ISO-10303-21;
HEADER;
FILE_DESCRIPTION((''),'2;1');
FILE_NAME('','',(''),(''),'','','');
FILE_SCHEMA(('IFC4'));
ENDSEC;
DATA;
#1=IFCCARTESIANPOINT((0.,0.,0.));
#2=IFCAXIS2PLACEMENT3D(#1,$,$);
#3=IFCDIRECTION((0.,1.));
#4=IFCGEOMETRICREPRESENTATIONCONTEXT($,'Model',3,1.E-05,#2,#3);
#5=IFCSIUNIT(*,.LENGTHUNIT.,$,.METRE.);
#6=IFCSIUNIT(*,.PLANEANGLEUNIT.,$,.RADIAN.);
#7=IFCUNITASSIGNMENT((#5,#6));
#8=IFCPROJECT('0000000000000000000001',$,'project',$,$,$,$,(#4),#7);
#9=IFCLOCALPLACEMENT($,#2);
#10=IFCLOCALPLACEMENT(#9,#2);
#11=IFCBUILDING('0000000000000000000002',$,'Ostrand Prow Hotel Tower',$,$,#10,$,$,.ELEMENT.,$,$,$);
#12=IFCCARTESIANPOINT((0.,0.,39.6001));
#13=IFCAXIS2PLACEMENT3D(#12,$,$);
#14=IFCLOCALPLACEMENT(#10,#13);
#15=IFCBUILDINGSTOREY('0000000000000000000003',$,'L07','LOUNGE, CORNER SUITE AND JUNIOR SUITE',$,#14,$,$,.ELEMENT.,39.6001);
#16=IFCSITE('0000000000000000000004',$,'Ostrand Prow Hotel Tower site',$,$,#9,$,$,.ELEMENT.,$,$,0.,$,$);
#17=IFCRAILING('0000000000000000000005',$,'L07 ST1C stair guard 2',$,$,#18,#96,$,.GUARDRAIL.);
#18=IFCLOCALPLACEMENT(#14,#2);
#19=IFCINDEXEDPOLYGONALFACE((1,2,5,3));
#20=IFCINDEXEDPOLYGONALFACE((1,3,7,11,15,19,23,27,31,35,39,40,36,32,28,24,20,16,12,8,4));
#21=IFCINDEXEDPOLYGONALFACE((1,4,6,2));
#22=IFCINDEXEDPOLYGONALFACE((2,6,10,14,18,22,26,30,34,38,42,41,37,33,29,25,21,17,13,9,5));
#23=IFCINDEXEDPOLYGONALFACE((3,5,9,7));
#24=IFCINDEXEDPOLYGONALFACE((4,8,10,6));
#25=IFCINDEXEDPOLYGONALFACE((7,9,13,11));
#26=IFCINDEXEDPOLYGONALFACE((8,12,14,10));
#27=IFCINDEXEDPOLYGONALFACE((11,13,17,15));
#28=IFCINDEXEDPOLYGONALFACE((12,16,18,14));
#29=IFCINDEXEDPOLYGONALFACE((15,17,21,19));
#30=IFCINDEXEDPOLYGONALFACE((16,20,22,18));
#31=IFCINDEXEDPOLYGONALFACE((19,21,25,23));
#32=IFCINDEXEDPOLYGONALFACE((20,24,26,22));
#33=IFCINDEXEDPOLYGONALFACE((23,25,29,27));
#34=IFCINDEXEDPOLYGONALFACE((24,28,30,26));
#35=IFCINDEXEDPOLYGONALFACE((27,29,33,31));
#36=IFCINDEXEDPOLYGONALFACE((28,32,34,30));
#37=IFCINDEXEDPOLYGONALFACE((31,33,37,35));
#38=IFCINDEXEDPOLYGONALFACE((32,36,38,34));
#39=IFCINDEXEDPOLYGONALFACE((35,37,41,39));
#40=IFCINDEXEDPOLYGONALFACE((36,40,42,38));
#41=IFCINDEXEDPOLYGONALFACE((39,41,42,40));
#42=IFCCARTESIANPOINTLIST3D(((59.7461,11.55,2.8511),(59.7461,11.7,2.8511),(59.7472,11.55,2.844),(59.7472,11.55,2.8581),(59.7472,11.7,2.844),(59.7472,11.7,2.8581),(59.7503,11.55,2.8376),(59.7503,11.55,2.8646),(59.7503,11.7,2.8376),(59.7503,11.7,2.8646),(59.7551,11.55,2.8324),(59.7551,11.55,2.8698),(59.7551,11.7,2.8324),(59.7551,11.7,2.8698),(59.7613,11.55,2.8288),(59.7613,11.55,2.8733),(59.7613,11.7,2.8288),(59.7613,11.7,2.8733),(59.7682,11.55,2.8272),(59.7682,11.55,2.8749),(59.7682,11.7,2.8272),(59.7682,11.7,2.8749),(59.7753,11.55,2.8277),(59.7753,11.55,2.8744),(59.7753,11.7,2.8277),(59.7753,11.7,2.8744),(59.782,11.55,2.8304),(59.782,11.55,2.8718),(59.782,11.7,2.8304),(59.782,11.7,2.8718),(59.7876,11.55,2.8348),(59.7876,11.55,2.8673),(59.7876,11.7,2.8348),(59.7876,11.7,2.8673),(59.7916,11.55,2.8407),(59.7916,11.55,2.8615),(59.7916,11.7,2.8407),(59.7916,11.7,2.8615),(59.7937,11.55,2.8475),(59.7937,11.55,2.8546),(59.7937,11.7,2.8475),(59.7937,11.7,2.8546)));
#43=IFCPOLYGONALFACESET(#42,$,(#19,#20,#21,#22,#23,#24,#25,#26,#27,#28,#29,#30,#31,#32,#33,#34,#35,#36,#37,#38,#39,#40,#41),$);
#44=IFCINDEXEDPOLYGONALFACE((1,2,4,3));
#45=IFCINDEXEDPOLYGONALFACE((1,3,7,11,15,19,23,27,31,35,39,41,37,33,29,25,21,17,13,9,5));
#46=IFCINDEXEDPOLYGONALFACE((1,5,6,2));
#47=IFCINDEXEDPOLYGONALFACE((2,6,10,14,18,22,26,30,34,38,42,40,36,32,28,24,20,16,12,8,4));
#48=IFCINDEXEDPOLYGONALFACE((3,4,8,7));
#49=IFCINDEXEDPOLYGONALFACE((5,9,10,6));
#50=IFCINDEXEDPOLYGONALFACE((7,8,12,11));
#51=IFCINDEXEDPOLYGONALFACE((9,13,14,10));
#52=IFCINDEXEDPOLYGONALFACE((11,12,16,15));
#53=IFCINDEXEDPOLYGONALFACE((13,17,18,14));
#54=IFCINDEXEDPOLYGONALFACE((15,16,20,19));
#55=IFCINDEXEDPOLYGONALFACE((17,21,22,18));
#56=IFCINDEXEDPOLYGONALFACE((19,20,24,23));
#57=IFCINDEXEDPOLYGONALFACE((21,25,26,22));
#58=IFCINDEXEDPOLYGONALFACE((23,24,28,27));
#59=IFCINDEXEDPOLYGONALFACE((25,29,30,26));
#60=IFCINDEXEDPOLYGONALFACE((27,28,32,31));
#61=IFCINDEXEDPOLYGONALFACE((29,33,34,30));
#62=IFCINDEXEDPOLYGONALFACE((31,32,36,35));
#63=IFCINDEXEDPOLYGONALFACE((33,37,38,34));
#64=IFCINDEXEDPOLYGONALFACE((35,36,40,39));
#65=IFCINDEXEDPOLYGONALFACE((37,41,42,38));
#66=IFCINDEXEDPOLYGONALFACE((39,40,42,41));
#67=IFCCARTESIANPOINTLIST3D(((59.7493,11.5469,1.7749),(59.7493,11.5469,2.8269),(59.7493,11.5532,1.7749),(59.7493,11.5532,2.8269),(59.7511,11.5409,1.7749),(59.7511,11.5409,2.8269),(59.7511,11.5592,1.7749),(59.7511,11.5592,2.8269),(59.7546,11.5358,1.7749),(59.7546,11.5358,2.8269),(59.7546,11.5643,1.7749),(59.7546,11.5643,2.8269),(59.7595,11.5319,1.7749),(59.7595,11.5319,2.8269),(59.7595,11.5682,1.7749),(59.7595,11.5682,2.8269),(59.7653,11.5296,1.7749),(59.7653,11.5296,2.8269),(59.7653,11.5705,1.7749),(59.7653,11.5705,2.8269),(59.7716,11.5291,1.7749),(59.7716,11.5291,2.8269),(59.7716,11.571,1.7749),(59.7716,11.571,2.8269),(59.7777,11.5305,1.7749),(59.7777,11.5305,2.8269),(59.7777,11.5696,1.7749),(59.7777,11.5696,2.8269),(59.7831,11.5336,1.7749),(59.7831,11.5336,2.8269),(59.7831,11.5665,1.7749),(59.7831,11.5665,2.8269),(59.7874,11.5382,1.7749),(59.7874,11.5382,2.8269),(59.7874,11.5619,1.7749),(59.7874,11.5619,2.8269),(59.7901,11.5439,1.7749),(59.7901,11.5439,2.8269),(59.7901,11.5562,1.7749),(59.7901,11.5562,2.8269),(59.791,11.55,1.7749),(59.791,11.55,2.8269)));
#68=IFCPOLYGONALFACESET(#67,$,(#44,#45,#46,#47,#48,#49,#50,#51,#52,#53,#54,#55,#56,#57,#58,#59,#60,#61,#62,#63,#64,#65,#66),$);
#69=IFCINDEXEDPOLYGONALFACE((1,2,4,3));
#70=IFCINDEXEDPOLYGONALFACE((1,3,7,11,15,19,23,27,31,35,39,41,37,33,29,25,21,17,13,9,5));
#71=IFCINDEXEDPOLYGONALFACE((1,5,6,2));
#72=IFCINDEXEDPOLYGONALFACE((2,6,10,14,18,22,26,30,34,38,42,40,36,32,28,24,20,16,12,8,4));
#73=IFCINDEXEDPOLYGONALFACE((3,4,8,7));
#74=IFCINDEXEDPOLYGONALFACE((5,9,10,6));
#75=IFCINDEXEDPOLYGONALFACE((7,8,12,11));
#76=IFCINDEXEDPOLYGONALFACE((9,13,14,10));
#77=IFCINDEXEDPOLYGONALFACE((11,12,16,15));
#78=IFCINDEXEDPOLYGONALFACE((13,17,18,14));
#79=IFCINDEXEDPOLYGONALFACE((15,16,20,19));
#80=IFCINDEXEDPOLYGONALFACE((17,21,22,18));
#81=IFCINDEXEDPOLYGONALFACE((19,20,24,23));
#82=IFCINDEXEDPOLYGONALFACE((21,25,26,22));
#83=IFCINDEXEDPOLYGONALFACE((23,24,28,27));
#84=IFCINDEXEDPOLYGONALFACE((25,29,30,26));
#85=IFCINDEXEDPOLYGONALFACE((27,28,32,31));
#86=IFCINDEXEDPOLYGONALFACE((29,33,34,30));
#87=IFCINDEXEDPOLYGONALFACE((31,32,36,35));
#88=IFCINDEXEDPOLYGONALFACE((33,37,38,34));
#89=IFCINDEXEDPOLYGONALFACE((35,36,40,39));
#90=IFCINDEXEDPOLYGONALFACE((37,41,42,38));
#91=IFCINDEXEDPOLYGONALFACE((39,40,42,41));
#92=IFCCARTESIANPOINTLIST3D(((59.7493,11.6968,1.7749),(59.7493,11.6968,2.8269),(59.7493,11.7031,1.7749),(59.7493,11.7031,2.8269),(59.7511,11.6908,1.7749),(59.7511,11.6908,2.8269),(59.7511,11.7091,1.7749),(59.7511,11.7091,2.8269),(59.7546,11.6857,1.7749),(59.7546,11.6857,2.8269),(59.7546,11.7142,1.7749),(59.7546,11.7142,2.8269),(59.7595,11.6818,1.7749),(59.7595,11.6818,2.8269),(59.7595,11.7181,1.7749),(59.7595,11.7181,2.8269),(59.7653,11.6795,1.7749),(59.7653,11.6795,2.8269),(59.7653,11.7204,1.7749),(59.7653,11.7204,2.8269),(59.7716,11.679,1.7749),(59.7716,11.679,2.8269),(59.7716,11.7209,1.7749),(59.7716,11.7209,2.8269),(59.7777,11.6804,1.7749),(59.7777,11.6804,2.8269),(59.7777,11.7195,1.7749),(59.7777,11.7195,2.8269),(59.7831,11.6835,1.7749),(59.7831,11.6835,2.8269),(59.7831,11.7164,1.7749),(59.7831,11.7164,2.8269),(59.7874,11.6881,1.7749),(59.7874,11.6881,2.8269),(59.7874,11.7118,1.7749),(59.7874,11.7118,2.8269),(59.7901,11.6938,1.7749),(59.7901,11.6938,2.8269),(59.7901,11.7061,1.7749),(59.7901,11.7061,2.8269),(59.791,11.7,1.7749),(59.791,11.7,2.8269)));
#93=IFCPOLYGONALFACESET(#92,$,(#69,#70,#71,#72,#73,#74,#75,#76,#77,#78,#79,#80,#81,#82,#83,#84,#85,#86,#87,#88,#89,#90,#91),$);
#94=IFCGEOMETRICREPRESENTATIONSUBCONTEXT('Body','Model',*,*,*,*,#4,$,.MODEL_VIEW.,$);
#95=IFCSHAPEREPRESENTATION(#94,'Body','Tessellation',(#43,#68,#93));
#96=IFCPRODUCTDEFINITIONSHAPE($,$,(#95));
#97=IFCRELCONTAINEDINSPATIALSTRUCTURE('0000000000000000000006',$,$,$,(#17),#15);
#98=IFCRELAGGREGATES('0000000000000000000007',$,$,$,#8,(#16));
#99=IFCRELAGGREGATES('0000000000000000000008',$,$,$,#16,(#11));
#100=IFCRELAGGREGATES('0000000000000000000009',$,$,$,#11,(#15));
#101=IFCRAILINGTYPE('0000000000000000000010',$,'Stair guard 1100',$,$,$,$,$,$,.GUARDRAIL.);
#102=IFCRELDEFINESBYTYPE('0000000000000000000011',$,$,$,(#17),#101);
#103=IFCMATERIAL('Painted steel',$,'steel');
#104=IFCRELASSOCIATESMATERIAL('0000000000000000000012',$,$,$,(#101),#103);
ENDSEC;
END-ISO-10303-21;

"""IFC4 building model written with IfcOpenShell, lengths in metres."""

from ifc_helpers import new_model, si_unit, direction, frame, origin, origin_2d, place, context, subcontext, project, spatial, circle, extrude, material, type_object, element, save


model = new_model("IFC4")

# Units and contexts
model_context = context("Model", 3, precision=1e-05, world=origin(), true_north=direction((0.0, 1.0)))
body_context = subcontext(model_context, "Body", "Model", "MODEL_VIEW")
ifc_project = project(units=[si_unit("LENGTHUNIT", "METRE"), si_unit("PLANEANGLEUNIT", "RADIAN")], contexts=[model_context])

# Site, building, storey
site_placement = place(None, origin())
site = spatial("IfcSite", under=ifc_project, at=site_placement, Name="Ostrand Prow Hotel Tower site", CompositionType="ELEMENT", RefElevation=0.0)
building_placement = place(site_placement, origin())
building = spatial("IfcBuilding", under=site, at=building_placement, Name="Ostrand Prow Hotel Tower", CompositionType="ELEMENT")
storey_placement = place(building_placement, frame((0.0, 0.0, 39.6001)))
storey = spatial("IfcBuildingStorey", under=building, at=storey_placement, Name="L07", Description="LOUNGE, CORNER SUITE AND JUNIOR SUITE", CompositionType="ELEMENT", Elevation=39.6001)

# Railing
ifc_material_1 = material(Name="Painted steel", Category="steel")
railing_type_1 = type_object("IfcRailingType", Name="Stair guard 1100", PredefinedType="GUARDRAIL", material=ifc_material_1)
railing_1_placement = place(storey_placement, frame((59.77, 11.55, 1.7749)))
element("IfcRailing", 1, at=railing_1_placement, inside=storey, type_object=railing_type_1, Name="L07 ST1C stair guard 2", PredefinedType="GUARDRAIL", context=body_context, shape_type="SweptSolid", body=[
    extrude(circle(Radius=0.0239, at=origin_2d()), frame((0.0, 0.0, 1.0762), z_axis=(0.0, 1.0, 0.0), x_axis=(-1.0, 0.0, 0.0)), (0.0, 0.0, 1.0), 0.1499),
    extrude(circle(Radius=0.021, at=origin_2d()), origin(), (0.0, 0.0, 1.0), 1.052),
    extrude(circle(Radius=0.021, at=origin_2d()), frame((0.0, 0.1499, 0.0)), (0.0, 0.0, 1.0), 1.052),
])

save(model, "model.ifc")
